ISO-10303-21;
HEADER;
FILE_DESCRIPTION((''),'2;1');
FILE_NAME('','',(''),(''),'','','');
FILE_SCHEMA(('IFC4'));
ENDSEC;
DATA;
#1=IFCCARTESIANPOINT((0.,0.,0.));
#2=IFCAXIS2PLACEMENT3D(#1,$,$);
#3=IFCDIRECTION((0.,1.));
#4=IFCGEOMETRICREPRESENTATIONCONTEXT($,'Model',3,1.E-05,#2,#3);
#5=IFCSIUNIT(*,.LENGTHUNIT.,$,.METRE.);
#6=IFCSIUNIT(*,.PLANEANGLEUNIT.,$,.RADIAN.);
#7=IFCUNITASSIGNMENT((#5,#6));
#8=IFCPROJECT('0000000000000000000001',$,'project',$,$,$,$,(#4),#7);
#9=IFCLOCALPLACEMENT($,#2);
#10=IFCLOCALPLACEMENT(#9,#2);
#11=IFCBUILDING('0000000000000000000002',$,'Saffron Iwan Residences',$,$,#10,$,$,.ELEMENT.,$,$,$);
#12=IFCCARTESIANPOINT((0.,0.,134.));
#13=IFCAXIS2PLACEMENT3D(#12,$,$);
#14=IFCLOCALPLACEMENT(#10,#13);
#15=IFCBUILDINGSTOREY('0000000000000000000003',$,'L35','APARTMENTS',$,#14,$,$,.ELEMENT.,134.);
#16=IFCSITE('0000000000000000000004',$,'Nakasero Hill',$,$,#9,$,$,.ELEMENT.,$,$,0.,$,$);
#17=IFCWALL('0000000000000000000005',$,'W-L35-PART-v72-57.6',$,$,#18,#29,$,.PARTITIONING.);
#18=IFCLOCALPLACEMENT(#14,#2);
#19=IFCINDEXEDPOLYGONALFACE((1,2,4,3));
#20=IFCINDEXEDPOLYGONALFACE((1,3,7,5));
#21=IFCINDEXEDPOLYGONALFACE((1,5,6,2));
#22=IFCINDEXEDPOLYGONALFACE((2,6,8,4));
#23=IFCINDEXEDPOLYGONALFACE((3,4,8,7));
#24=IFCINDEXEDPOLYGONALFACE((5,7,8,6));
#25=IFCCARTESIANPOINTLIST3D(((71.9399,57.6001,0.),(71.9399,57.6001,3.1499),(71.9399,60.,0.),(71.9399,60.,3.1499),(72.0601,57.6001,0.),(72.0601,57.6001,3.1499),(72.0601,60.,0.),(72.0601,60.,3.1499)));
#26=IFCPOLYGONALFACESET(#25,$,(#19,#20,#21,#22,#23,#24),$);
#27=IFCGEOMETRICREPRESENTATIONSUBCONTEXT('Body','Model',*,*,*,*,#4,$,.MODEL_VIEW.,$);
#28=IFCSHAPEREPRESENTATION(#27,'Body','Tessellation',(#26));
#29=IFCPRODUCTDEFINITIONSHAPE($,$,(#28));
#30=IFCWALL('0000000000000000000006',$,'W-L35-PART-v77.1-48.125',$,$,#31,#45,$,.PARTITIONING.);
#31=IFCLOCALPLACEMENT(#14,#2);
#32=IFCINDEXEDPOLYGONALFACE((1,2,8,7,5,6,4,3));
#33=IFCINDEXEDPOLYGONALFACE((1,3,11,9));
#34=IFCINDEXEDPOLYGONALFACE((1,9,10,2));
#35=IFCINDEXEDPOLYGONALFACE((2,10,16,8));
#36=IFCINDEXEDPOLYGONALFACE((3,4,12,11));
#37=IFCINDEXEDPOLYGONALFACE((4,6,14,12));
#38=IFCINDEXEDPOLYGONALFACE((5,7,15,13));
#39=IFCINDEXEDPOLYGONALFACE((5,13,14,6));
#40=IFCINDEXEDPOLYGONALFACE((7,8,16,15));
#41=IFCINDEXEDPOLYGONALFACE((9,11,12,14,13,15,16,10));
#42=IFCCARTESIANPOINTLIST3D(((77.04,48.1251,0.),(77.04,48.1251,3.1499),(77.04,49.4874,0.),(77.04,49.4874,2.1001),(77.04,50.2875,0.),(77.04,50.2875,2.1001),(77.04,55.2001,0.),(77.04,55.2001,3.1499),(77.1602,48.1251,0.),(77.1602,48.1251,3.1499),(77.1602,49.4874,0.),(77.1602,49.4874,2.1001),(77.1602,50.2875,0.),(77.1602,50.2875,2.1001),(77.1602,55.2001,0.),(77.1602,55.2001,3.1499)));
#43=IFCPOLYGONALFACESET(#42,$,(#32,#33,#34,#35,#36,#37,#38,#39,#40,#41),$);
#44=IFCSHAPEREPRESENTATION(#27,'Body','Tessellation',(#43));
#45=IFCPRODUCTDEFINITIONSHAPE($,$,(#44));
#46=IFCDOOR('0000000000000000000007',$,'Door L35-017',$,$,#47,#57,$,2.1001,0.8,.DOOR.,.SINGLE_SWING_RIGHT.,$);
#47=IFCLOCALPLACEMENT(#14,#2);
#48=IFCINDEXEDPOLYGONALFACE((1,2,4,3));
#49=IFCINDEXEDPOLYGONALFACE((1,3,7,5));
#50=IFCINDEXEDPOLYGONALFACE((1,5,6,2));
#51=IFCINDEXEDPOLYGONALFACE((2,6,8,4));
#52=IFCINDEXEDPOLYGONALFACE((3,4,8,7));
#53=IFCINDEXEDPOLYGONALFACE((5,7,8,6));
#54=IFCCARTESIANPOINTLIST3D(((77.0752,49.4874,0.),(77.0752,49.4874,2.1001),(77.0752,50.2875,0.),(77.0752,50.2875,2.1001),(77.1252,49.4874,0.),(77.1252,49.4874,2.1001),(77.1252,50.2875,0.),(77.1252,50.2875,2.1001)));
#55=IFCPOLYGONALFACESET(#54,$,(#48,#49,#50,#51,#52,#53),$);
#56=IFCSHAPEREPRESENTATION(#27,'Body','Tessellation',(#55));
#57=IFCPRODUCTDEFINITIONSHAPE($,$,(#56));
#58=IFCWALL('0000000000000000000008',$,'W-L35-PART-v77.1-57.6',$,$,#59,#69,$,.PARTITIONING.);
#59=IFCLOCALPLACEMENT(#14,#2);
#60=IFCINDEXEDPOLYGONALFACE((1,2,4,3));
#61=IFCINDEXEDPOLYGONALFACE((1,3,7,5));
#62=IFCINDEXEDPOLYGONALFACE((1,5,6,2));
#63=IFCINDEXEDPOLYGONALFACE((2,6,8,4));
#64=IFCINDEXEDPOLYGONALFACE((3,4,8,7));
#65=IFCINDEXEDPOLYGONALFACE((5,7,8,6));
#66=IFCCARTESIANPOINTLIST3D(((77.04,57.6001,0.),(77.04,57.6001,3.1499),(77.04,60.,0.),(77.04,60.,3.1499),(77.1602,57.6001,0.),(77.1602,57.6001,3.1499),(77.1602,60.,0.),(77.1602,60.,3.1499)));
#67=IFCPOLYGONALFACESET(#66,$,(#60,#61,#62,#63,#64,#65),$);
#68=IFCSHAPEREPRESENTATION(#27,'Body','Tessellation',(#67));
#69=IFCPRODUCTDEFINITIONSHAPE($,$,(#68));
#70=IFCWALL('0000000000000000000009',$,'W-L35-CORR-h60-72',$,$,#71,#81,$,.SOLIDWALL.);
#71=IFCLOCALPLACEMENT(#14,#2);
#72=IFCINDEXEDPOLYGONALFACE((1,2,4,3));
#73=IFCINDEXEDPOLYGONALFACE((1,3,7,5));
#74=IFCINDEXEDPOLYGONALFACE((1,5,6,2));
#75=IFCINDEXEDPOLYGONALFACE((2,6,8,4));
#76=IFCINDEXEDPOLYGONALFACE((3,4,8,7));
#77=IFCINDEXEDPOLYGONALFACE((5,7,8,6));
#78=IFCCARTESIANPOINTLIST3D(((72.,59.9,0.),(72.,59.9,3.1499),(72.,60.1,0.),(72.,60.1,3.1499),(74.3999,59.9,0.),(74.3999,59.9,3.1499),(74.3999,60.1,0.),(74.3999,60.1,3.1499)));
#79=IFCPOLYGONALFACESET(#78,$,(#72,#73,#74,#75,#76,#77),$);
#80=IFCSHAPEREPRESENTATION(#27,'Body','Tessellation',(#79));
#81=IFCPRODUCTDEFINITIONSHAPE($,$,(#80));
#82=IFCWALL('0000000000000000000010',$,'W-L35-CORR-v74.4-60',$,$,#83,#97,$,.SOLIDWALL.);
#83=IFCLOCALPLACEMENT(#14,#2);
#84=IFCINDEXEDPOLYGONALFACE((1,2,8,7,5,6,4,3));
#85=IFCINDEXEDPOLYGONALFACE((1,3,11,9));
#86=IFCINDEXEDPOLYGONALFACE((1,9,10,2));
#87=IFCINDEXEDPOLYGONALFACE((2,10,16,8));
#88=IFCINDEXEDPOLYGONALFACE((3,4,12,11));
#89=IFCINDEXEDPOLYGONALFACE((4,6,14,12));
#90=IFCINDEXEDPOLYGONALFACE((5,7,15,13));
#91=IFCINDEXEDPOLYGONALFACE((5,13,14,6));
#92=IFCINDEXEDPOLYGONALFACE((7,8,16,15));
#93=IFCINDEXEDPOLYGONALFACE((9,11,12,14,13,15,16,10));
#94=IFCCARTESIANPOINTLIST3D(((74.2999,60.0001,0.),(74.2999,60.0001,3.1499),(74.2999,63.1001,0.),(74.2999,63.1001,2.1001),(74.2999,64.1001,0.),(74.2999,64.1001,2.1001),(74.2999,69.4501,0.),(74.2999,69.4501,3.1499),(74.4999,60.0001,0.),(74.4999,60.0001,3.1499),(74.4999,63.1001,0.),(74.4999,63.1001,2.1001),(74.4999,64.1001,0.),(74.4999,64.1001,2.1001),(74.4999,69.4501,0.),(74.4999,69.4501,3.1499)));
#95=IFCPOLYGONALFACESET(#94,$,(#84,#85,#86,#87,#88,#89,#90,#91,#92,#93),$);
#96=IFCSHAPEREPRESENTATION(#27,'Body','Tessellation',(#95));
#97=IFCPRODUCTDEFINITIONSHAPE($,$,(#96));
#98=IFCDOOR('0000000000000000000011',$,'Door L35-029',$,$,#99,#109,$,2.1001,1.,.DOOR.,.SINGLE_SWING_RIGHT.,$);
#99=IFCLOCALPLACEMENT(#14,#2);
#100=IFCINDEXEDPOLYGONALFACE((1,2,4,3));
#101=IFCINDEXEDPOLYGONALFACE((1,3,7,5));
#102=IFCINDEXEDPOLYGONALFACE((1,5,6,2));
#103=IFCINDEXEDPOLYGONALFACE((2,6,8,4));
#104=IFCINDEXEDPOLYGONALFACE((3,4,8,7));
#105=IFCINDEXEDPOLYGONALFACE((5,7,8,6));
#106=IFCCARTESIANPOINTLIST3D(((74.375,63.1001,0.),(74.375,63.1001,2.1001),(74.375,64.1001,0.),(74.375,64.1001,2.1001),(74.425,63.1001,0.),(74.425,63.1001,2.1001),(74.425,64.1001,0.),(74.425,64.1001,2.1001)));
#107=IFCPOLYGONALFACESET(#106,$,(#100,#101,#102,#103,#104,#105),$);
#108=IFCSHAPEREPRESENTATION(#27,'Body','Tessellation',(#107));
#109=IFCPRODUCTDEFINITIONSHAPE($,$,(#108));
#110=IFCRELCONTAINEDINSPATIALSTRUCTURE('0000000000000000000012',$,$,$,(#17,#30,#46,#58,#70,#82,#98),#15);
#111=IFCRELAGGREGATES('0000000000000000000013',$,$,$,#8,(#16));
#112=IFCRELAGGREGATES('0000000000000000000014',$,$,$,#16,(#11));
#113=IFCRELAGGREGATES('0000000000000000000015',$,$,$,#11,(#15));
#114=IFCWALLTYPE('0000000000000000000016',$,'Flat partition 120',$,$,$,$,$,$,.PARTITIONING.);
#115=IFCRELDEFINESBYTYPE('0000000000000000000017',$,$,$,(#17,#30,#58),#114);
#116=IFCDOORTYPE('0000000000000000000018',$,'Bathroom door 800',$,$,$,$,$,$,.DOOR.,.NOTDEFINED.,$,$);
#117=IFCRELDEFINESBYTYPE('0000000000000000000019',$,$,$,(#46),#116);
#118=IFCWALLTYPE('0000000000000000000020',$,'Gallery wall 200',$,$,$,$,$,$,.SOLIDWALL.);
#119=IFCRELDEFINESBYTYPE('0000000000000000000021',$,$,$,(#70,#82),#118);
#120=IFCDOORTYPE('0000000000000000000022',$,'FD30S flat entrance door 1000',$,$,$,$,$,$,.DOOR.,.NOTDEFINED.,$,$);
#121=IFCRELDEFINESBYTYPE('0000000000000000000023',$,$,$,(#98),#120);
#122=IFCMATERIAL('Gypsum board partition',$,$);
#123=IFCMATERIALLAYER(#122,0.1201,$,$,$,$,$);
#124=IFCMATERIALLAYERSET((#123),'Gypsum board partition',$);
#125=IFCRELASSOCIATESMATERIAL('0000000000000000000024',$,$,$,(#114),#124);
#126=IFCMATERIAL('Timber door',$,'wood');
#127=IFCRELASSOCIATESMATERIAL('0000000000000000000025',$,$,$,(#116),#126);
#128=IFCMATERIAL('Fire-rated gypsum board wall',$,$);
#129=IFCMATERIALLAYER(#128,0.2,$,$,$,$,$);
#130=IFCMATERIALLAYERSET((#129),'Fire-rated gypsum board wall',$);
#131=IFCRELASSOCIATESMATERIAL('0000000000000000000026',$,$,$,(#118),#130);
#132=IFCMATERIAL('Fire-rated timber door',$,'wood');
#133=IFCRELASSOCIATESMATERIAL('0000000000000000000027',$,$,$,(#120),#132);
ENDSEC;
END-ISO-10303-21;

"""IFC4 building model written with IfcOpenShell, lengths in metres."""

from ifc_helpers import new_model, si_unit, direction, frame, frame_2d, origin, place, context, subcontext, project, spatial, rectangle, extrude, material, layer, layer_set, type_object, element, fill, save


model = new_model("IFC4")

# Units and contexts
model_context = context("Model", 3, precision=1e-05, world=origin(), true_north=direction((0.0, 1.0)))
body_context = subcontext(model_context, "Body", "Model", "MODEL_VIEW")
ifc_project = project(units=[si_unit("LENGTHUNIT", "METRE"), si_unit("PLANEANGLEUNIT", "RADIAN")], contexts=[model_context])

# Site, building, storey
site_placement = place(None, origin())
site = spatial("IfcSite", under=ifc_project, at=site_placement, Name="Nakasero Hill", CompositionType="ELEMENT", RefElevation=0.0)
building_placement = place(site_placement, origin())
building = spatial("IfcBuilding", under=site, at=building_placement, Name="Saffron Iwan Residences", CompositionType="ELEMENT")
storey_placement = place(building_placement, frame((0.0, 0.0, 134.0)))
storey = spatial("IfcBuildingStorey", under=building, at=storey_placement, Name="L35", Description="APARTMENTS", CompositionType="ELEMENT", Elevation=134.0)

# Shared definitions
ifc_material_1 = material(Name="Gypsum board partition")
ifc_layer_1 = layer(ifc_material_1, 0.1201)
ifc_layer_set_1 = layer_set([ifc_layer_1], Name="Gypsum board partition")
wall_type_1 = type_object("IfcWallType", Name="Flat partition 120", PredefinedType="PARTITIONING", material=ifc_layer_set_1)

# Shared definitions
ifc_material_2 = material(Name="Timber door", Category="wood")

# Shared definitions
door_type_1 = type_object("IfcDoorType", Name="Bathroom door 800", OperationType="NOTDEFINED", PredefinedType="DOOR", material=ifc_material_2)

# Wall
wall_1_placement = place(storey_placement, frame((72.0, 57.6001, 0.0), z_axis=(0.0, 0.0, 1.0), x_axis=(0.0, 1.0, 0.0)))
element("IfcWall", 1, at=wall_1_placement, inside=storey, type_object=wall_type_1, Name="W-L35-PART-v72-57.6", PredefinedType="PARTITIONING", context=body_context, shape_type="SweptSolid", body=[
    extrude(rectangle(XDim=2.3999, YDim=0.1201, at=frame_2d((1.2, 0.0))), origin(), (0.0, 0.0, 1.0), 3.1499),
])

# Wall, opening, door
wall_2_placement = place(storey_placement, frame((77.1001, 48.125, 0.0), z_axis=(0.0, 0.0, 1.0), x_axis=(0.0, 1.0, 0.0)))
wall_2 = element("IfcWall", 2, at=wall_2_placement, inside=storey, type_object=wall_type_1, Name="W-L35-PART-v77.1-48.125", PredefinedType="PARTITIONING", context=body_context, shape_type="SweptSolid", body=[
    extrude(rectangle(XDim=7.075, YDim=0.1201, at=frame_2d((3.5376, 0.0))), origin(), (0.0, 0.0, 1.0), 3.1499),
])
opening_1_placement = place(wall_2_placement, frame((1.3625, 0.0, 0.0)))
opening_1 = element("IfcOpeningElement", 3, at=opening_1_placement, cuts=wall_2, PredefinedType="OPENING", context=body_context, shape_type="SweptSolid", body=[
    extrude(rectangle(XDim=0.8, YDim=2.1001, at=frame_2d((0.3999, 1.05))), frame((0.0, 0.0701, 0.0), z_axis=(0.0, -1.0, 0.0), x_axis=(1.0, 0.0, 0.0)), (0.0, 0.0, 1.0), 0.1401),
])
door_1_placement = place(opening_1_placement, origin())
door_1 = element("IfcDoor", 4, at=door_1_placement, inside=storey, type_object=door_type_1, Name="Door L35-017", OperationType="SINGLE_SWING_RIGHT", OverallHeight=2.1001, OverallWidth=0.8, PredefinedType="DOOR", context=body_context, shape_type="SweptSolid", body=[
    extrude(rectangle(XDim=0.8, YDim=2.1001, at=frame_2d((0.3999, 1.05))), frame((0.0, 0.0249, 0.0), z_axis=(0.0, -1.0, 0.0), x_axis=(1.0, 0.0, 0.0)), (0.0, 0.0, 1.0), 0.05),
])
fill(opening_1, door_1)

# Walls
wall_3_placement = place(storey_placement, frame((77.1001, 57.6001, 0.0), z_axis=(0.0, 0.0, 1.0), x_axis=(0.0, 1.0, 0.0)))
element("IfcWall", 5, at=wall_3_placement, inside=storey, type_object=wall_type_1, Name="W-L35-PART-v77.1-57.6", PredefinedType="PARTITIONING", context=body_context, shape_type="SweptSolid", body=[
    extrude(rectangle(XDim=2.3999, YDim=0.1201, at=frame_2d((1.2, 0.0))), origin(), (0.0, 0.0, 1.0), 3.1499),
])
ifc_material_3 = material(Name="Fire-rated gypsum board wall")
ifc_layer_2 = layer(ifc_material_3, 0.2)
ifc_layer_set_2 = layer_set([ifc_layer_2], Name="Fire-rated gypsum board wall")
wall_type_2 = type_object("IfcWallType", Name="Gallery wall 200", PredefinedType="SOLIDWALL", material=ifc_layer_set_2)
wall_4_placement = place(storey_placement, frame((72.0, 60.0, 0.0), z_axis=(0.0, 0.0, 1.0), x_axis=(1.0, 0.0, 0.0)))
element("IfcWall", 6, at=wall_4_placement, inside=storey, type_object=wall_type_2, Name="W-L35-CORR-h60-72", PredefinedType="SOLIDWALL", context=body_context, shape_type="SweptSolid", body=[
    extrude(rectangle(XDim=2.3999, YDim=0.2, at=frame_2d((1.2, 0.0))), origin(), (0.0, 0.0, 1.0), 3.1499),
])

# Wall, opening, door
wall_5_placement = place(storey_placement, frame((74.3999, 60.0, 0.0), z_axis=(0.0, 0.0, 1.0), x_axis=(0.0, 1.0, 0.0)))
wall_5 = element("IfcWall", 7, at=wall_5_placement, inside=storey, type_object=wall_type_2, Name="W-L35-CORR-v74.4-60", PredefinedType="SOLIDWALL", context=body_context, shape_type="SweptSolid", body=[
    extrude(rectangle(XDim=9.45, YDim=0.2, at=frame_2d((4.7251, 0.0))), origin(), (0.0, 0.0, 1.0), 3.1499),
])
opening_2_placement = place(wall_5_placement, frame((3.1001, 0.0, 0.0)))
opening_2 = element("IfcOpeningElement", 8, at=opening_2_placement, cuts=wall_5, PredefinedType="OPENING", context=body_context, shape_type="SweptSolid", body=[
    extrude(rectangle(XDim=1.0, YDim=2.1001, at=frame_2d((0.5, 1.05))), frame((0.0, 0.1099, 0.0), z_axis=(0.0, -1.0, 0.0), x_axis=(1.0, 0.0, 0.0)), (0.0, 0.0, 1.0), 0.22),
])
ifc_material_4 = material(Name="Fire-rated timber door", Category="wood")
door_type_2 = type_object("IfcDoorType", Name="FD30S flat entrance door 1000", OperationType="NOTDEFINED", PredefinedType="DOOR", material=ifc_material_4)
door_2_placement = place(opening_2_placement, origin())
door_2 = element("IfcDoor", 9, at=door_2_placement, inside=storey, type_object=door_type_2, Name="Door L35-029", OperationType="SINGLE_SWING_RIGHT", OverallHeight=2.1001, OverallWidth=1.0, PredefinedType="DOOR", context=body_context, shape_type="SweptSolid", body=[
    extrude(rectangle(XDim=1.0, YDim=2.1001, at=frame_2d((0.5, 1.05))), frame((0.0, 0.0249, 0.0), z_axis=(0.0, -1.0, 0.0), x_axis=(1.0, 0.0, 0.0)), (0.0, 0.0, 1.0), 0.05),
])
fill(opening_2, door_2)

save(model, "model.ifc")
